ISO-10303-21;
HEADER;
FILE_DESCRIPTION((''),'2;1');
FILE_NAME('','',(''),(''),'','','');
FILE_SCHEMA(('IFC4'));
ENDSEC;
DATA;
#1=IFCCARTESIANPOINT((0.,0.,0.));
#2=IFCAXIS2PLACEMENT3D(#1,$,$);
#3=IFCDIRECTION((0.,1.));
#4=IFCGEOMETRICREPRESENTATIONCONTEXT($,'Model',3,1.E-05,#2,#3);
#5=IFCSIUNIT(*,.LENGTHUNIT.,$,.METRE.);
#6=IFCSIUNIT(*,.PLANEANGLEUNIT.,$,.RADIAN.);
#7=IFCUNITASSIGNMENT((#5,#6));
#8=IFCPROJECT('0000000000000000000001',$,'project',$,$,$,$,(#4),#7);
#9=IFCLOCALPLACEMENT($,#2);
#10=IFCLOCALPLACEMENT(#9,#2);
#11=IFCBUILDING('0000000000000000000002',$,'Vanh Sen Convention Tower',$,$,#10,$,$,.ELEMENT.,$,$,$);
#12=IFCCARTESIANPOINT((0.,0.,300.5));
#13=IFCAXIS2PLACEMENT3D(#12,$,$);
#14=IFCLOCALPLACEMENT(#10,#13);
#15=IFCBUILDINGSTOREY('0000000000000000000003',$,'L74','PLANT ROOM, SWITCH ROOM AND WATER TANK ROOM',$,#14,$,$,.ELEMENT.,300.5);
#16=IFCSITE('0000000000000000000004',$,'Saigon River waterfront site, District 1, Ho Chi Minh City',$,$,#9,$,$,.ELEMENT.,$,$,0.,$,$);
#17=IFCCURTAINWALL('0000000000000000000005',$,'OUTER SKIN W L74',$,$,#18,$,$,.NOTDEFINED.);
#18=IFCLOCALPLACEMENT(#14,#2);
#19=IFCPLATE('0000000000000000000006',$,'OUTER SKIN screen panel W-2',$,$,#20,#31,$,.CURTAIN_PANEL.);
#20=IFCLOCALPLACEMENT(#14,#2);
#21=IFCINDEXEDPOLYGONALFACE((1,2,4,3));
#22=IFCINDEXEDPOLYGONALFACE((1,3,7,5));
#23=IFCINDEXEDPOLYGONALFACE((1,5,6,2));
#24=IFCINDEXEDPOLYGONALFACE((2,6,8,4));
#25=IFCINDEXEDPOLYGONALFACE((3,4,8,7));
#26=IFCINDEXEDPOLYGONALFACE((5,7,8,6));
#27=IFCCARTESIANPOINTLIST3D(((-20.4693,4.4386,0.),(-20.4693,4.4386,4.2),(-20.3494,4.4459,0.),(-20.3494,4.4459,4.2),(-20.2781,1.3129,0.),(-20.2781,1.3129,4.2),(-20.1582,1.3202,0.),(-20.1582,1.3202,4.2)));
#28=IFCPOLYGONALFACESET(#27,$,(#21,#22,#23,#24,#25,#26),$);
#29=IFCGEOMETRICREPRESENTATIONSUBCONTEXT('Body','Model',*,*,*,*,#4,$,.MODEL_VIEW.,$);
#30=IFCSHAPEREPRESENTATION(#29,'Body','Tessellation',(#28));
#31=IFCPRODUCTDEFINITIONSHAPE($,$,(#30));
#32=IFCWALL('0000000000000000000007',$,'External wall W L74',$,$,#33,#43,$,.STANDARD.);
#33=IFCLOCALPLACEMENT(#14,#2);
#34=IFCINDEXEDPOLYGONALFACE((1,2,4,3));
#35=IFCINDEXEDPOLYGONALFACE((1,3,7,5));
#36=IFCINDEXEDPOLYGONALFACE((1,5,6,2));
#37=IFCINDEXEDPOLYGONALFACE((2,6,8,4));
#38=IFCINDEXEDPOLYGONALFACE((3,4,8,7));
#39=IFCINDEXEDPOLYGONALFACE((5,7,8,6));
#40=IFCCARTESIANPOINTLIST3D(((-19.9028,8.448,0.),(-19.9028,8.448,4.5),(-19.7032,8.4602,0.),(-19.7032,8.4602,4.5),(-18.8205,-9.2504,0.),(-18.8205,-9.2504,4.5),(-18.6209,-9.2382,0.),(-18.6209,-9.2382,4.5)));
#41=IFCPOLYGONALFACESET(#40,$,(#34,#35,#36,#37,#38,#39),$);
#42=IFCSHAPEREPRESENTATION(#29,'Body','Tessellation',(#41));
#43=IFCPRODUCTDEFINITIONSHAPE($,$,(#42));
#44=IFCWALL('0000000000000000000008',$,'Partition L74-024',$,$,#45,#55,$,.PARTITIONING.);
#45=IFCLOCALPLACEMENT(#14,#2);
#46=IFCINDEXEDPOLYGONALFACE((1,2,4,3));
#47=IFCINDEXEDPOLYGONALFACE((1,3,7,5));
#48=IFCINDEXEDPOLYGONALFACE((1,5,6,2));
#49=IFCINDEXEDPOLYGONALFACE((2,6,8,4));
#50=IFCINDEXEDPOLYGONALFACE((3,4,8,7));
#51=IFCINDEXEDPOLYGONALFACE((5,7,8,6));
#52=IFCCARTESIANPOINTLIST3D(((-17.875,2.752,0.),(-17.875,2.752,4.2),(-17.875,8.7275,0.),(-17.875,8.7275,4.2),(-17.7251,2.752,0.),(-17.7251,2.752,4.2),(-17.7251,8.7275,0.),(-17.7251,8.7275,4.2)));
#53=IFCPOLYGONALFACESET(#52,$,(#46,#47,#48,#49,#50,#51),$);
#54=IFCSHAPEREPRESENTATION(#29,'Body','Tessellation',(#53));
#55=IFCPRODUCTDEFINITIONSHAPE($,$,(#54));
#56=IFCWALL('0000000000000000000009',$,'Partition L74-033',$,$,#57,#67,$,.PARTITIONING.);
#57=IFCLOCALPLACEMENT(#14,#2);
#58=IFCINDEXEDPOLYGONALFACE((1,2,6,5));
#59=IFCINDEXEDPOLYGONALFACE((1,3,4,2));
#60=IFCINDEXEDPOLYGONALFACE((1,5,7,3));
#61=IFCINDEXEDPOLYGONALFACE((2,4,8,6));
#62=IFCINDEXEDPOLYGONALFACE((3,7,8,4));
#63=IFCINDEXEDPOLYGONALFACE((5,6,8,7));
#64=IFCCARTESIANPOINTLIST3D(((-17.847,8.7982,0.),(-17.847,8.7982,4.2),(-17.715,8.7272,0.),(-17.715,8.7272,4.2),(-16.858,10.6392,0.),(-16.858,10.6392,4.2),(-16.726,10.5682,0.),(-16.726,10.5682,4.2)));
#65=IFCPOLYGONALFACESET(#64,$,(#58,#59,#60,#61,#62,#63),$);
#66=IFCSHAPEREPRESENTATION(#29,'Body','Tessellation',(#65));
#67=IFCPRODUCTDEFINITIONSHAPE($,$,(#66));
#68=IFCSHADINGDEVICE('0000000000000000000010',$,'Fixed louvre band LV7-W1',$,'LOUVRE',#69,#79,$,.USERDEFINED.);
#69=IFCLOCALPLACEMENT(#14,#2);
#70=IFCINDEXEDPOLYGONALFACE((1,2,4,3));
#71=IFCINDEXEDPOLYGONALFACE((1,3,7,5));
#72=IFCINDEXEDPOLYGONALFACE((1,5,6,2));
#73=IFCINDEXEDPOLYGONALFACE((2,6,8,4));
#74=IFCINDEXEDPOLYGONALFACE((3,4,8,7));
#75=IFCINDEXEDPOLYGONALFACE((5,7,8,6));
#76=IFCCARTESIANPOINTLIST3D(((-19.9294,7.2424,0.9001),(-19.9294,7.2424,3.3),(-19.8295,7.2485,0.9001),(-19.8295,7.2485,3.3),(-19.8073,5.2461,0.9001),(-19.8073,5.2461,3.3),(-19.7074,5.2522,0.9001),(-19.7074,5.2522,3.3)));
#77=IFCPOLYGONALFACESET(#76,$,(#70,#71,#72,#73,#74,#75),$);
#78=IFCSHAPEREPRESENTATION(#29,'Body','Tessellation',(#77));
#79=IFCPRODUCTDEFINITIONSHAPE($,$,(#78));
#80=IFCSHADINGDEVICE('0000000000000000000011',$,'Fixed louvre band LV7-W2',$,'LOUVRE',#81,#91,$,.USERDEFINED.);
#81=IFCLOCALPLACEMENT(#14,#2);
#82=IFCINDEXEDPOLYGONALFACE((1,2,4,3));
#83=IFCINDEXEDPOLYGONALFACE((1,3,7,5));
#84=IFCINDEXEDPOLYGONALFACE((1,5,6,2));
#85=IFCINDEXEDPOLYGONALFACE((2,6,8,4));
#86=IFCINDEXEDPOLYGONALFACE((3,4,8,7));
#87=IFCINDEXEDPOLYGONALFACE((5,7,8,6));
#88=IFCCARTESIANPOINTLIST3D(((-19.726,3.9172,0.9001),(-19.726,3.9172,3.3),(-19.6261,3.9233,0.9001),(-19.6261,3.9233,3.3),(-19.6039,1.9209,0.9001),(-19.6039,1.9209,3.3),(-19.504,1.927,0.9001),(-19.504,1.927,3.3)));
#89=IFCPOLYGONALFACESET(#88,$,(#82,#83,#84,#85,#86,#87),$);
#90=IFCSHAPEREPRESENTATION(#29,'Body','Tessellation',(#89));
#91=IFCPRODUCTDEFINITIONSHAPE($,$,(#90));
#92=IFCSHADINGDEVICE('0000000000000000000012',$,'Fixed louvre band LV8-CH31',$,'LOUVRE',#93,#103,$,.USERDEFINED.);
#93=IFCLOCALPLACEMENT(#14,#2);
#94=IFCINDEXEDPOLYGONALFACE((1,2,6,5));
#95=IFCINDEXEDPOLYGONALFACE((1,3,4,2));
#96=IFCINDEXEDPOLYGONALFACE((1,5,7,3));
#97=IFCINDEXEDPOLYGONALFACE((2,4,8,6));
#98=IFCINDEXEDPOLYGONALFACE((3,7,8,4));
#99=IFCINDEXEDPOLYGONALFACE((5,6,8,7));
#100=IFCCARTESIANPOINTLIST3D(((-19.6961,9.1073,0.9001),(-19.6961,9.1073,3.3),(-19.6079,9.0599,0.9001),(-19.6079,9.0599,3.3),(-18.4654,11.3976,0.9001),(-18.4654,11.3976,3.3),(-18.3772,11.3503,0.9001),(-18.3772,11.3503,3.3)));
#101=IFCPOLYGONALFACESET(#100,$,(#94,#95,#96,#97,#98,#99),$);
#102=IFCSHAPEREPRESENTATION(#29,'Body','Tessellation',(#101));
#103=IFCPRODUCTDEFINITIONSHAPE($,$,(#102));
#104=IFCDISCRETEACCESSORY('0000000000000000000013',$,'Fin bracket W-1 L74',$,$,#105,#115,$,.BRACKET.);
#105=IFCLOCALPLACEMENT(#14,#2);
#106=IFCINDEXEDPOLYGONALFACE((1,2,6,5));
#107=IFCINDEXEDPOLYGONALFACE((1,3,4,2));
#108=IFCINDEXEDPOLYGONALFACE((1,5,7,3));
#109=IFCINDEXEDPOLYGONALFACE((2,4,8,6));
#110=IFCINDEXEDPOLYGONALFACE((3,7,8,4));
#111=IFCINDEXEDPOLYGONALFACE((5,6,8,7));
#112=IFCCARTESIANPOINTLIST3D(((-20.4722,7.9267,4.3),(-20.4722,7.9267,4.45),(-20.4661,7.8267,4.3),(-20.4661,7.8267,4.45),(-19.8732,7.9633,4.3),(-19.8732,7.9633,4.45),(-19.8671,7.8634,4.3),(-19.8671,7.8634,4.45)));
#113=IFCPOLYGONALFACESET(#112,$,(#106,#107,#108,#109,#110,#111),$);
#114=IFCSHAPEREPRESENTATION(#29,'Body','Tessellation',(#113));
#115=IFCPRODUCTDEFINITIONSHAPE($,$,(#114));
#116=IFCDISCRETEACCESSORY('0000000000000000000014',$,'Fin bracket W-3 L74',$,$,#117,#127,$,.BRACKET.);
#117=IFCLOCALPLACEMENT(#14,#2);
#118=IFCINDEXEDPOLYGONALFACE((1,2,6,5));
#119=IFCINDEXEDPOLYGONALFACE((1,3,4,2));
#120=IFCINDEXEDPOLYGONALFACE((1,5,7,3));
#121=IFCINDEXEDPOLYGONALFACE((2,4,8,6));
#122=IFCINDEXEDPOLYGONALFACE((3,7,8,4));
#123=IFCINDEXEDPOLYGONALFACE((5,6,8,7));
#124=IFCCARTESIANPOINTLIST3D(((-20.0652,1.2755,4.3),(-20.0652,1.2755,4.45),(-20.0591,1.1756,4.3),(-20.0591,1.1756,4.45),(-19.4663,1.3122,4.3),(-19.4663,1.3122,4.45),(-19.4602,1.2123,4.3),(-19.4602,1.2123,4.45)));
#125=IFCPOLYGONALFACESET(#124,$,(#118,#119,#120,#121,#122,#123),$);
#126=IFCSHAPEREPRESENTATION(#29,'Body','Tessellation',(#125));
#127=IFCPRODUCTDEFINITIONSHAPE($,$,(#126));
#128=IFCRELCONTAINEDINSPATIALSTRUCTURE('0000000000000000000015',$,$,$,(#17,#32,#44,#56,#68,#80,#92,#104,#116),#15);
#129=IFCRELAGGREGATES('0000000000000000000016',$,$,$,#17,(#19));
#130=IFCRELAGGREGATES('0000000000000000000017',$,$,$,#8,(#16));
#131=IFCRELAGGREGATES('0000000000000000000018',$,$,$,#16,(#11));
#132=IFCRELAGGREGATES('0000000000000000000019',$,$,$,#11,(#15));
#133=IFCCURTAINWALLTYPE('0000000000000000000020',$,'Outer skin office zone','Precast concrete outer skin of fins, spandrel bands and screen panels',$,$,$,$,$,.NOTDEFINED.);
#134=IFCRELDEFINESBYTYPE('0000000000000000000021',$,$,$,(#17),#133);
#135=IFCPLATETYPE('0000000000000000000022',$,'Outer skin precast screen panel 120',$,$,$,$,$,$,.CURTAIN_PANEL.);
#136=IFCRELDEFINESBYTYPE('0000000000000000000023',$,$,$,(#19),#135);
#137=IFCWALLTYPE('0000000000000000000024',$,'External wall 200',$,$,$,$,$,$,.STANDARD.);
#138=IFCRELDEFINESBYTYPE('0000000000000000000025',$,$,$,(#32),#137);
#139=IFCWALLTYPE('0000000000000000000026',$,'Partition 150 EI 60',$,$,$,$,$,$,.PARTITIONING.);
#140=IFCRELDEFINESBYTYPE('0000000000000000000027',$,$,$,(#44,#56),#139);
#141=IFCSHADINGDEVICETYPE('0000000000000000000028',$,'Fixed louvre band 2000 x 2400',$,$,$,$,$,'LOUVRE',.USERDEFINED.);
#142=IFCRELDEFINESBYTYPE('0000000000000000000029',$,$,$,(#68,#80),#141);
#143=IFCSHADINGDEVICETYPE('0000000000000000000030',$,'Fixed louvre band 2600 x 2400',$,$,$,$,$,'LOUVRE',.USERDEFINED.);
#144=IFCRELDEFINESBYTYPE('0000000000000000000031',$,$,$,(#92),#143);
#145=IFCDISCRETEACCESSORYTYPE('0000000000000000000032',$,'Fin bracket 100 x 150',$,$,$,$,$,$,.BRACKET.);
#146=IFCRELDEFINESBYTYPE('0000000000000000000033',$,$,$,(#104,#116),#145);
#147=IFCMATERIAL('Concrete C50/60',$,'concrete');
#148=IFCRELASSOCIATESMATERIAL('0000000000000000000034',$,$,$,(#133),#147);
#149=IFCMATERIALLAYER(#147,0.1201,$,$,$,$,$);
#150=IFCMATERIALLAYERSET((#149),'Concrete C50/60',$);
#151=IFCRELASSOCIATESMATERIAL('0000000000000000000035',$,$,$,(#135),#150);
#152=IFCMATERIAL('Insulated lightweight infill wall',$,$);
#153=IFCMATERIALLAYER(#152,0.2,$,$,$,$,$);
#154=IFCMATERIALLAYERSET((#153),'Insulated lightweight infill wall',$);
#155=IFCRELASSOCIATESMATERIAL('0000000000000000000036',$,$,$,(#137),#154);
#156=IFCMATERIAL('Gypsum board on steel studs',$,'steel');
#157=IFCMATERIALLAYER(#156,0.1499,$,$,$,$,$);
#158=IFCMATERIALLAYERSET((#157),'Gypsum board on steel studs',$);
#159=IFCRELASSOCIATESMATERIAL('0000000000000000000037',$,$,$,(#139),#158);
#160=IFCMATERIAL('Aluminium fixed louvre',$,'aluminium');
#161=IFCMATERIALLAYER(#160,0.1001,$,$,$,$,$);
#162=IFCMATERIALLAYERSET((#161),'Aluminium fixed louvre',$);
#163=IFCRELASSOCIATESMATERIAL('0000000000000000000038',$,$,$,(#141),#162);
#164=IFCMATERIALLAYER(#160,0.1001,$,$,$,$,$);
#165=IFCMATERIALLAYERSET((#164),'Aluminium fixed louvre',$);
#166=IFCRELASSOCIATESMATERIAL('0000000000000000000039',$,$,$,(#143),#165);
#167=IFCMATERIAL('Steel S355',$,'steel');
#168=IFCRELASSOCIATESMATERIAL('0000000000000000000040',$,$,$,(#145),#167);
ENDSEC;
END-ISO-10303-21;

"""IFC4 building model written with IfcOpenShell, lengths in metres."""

from ifc_helpers import new_model, si_unit, direction, frame, frame_2d, origin, origin_2d, place, context, subcontext, project, spatial, rectangle, extrude, material, layer, layer_set, type_object, element, aggregate, save


model = new_model("IFC4")

# Units and contexts
model_context = context("Model", 3, precision=1e-05, world=origin(), true_north=direction((0.0, 1.0)))
body_context = subcontext(model_context, "Body", "Model", "MODEL_VIEW")
ifc_project = project(units=[si_unit("LENGTHUNIT", "METRE"), si_unit("PLANEANGLEUNIT", "RADIAN")], contexts=[model_context])

# Site, building, storey
site_placement = place(None, origin())
site = spatial("IfcSite", under=ifc_project, at=site_placement, Name="Saigon River waterfront site, District 1, Ho Chi Minh City", CompositionType="ELEMENT", RefElevation=0.0)
building_placement = place(site_placement, origin())
building = spatial("IfcBuilding", under=site, at=building_placement, Name="Vanh Sen Convention Tower", CompositionType="ELEMENT")
storey_placement = place(building_placement, frame((0.0, 0.0, 300.5)))
storey = spatial("IfcBuildingStorey", under=building, at=storey_placement, Name="L74", Description="PLANT ROOM, SWITCH ROOM AND WATER TANK ROOM", CompositionType="ELEMENT", Elevation=300.5)

# Curtain wall
ifc_material_1 = material(Name="Concrete C50/60", Category="concrete")
curtain_wall_type = type_object("IfcCurtainWallType", Name="Outer skin office zone", Description="Precast concrete outer skin of fins, spandrel bands and screen panels", PredefinedType="NOTDEFINED", material=ifc_material_1)
curtain_wall_1_placement = place(storey_placement, origin())
curtain_wall_1 = element("IfcCurtainWall", 1, at=curtain_wall_1_placement, inside=storey, type_object=curtain_wall_type, Name="OUTER SKIN W L74", PredefinedType="NOTDEFINED")

# Shared definitions
ifc_layer_1 = layer(ifc_material_1, 0.1201)
ifc_layer_set_1 = layer_set([ifc_layer_1], Name="Concrete C50/60")
plate_type = type_object("IfcPlateType", Name="Outer skin precast screen panel 120", PredefinedType="CURTAIN_PANEL", material=ifc_layer_set_1)

# Plate
plate_1_placement = place(storey_placement, frame((-20.3137, 2.8794, 0.0), z_axis=(0.0, 0.0, 1.0), x_axis=(0.06105, -0.998135, 0.0)))
plate_1 = element("IfcPlate", 2, at=plate_1_placement, type_object=plate_type, Name="OUTER SKIN screen panel W-2", PredefinedType="CURTAIN_PANEL", context=body_context, shape_type="SweptSolid", body=[
    extrude(rectangle(XDim=3.1316, YDim=0.1201, at=origin_2d()), origin(), (0.0, 0.0, 1.0), 4.2),
])
aggregate(curtain_wall_1, [plate_1])

# Walls
ifc_material_2 = material(Name="Insulated lightweight infill wall")
ifc_layer_2 = layer(ifc_material_2, 0.2)
ifc_layer_set_2 = layer_set([ifc_layer_2], Name="Insulated lightweight infill wall")
wall_type_1 = type_object("IfcWallType", Name="External wall 200", PredefinedType="STANDARD", material=ifc_layer_set_2)
wall_1_placement = place(storey_placement, frame((-19.803, 8.4541, 0.0), z_axis=(0.0, 0.0, 1.0), x_axis=(0.061037, -0.998136, 0.0)))
element("IfcWall", 3, at=wall_1_placement, inside=storey, type_object=wall_type_1, Name="External wall W L74", PredefinedType="STANDARD", context=body_context, shape_type="SweptSolid", body=[
    extrude(rectangle(XDim=17.7314, YDim=0.2, at=frame_2d((8.8657, 0.0))), origin(), (0.0, 0.0, 1.0), 4.5),
])
ifc_material_3 = material(Name="Gypsum board on steel studs", Category="steel")
ifc_layer_3 = layer(ifc_material_3, 0.1499)
ifc_layer_set_3 = layer_set([ifc_layer_3], Name="Gypsum board on steel studs")
wall_type_2 = type_object("IfcWallType", Name="Partition 150 EI 60", PredefinedType="PARTITIONING", material=ifc_layer_set_3)
wall_2_placement = place(storey_placement, frame((-17.8, 2.752, 0.0), z_axis=(0.0, 0.0, 1.0), x_axis=(0.0, 1.0, 0.0)))
element("IfcWall", 4, at=wall_2_placement, inside=storey, type_object=wall_type_2, Name="Partition L74-024", PredefinedType="PARTITIONING", context=body_context, shape_type="SweptSolid", body=[
    extrude(rectangle(XDim=5.9756, YDim=0.1499, at=frame_2d((2.9878, 0.0))), origin(), (0.0, 0.0, 1.0), 4.2),
])
wall_3_placement = place(storey_placement, frame((-17.781, 8.7627, 0.0), z_axis=(0.0, 0.0, 1.0), x_axis=(0.473236, 0.880936, 0.0)))
element("IfcWall", 5, at=wall_3_placement, inside=storey, type_object=wall_type_2, Name="Partition L74-033", PredefinedType="PARTITIONING", context=body_context, shape_type="SweptSolid", body=[
    extrude(rectangle(XDim=2.0898, YDim=0.1499, at=frame_2d((1.0449, 0.0))), origin(), (0.0, 0.0, 1.0), 4.2),
])

# Shading devices
ifc_material_4 = material(Name="Aluminium fixed louvre", Category="aluminium")
ifc_layer_4 = layer(ifc_material_4, 0.1001)
ifc_layer_set_4 = layer_set([ifc_layer_4], Name="Aluminium fixed louvre")
shading_device_type_1 = type_object("IfcShadingDeviceType", Name="Fixed louvre band 2000 x 2400", ElementType="LOUVRE", PredefinedType="USERDEFINED", material=ifc_layer_set_4)
for number, where, z_axis, x_axis, name in (
    (6, (-19.8184, 6.2473, 0.9001), (0.0, 0.0, 1.0), (0.061047, -0.998135, 0.0), "Fixed louvre band LV7-W1"),
    (7, (-19.615, 2.9221, 0.9001), (0.0, 0.0, 1.0), (0.061047, -0.998135, 0.0), "Fixed louvre band LV7-W2"),
):
    element("IfcShadingDevice", number, at=place(storey_placement, frame(where, z_axis=z_axis, x_axis=x_axis)), inside=storey, type_object=shading_device_type_1, Name=name, ObjectType="LOUVRE", PredefinedType="USERDEFINED", context=body_context, shape_type="SweptSolid", body=[
        extrude(rectangle(XDim=2.0, YDim=0.1001, at=origin_2d()), origin(), (0.0, 0.0, 1.0), 2.3999),
    ])
ifc_layer_5 = layer(ifc_material_4, 0.1001)
ifc_layer_set_5 = layer_set([ifc_layer_5], Name="Aluminium fixed louvre")
shading_device_type_2 = type_object("IfcShadingDeviceType", Name="Fixed louvre band 2600 x 2400", ElementType="LOUVRE", PredefinedType="USERDEFINED", material=ifc_layer_set_5)
shading_device_placement = place(storey_placement, frame((-19.0366, 10.2288, 0.9001), z_axis=(0.0, 0.0, 1.0), x_axis=(-0.473329, -0.880886, 0.0)))
element("IfcShadingDevice", 8, at=shading_device_placement, inside=storey, type_object=shading_device_type_2, Name="Fixed louvre band LV8-CH31", ObjectType="LOUVRE", PredefinedType="USERDEFINED", context=body_context, shape_type="SweptSolid", body=[
    extrude(rectangle(XDim=2.6001, YDim=0.1001, at=origin_2d()), origin(), (0.0, 0.0, 1.0), 2.3999),
])

# Discrete accessories
ifc_material_5 = material(Name="Steel S355", Category="steel")
discrete_accessory_type = type_object("IfcDiscreteAccessoryType", Name="Fin bracket 100 x 150", PredefinedType="BRACKET", material=ifc_material_5)
for number, where, z_axis, x_axis, name in (
    (9, (-20.1697, 7.895, 4.3), (0.0, 0.0, 1.0), (-0.998135, -0.061049, 0.0), "Fin bracket W-1 L74"),
    (10, (-19.7627, 1.2439, 4.3), (0.0, 0.0, 1.0), (-0.998135, -0.061049, 0.0), "Fin bracket W-3 L74"),
):
    element("IfcDiscreteAccessory", number, at=place(storey_placement, frame(where, z_axis=z_axis, x_axis=x_axis)), inside=storey, type_object=discrete_accessory_type, Name=name, PredefinedType="BRACKET", context=body_context, shape_type="SweptSolid", body=[
        extrude(rectangle(XDim=0.6001, YDim=0.1001, at=origin_2d()), origin(), (0.0, 0.0, 1.0), 0.1499),
    ])

save(model, "model.ifc")
